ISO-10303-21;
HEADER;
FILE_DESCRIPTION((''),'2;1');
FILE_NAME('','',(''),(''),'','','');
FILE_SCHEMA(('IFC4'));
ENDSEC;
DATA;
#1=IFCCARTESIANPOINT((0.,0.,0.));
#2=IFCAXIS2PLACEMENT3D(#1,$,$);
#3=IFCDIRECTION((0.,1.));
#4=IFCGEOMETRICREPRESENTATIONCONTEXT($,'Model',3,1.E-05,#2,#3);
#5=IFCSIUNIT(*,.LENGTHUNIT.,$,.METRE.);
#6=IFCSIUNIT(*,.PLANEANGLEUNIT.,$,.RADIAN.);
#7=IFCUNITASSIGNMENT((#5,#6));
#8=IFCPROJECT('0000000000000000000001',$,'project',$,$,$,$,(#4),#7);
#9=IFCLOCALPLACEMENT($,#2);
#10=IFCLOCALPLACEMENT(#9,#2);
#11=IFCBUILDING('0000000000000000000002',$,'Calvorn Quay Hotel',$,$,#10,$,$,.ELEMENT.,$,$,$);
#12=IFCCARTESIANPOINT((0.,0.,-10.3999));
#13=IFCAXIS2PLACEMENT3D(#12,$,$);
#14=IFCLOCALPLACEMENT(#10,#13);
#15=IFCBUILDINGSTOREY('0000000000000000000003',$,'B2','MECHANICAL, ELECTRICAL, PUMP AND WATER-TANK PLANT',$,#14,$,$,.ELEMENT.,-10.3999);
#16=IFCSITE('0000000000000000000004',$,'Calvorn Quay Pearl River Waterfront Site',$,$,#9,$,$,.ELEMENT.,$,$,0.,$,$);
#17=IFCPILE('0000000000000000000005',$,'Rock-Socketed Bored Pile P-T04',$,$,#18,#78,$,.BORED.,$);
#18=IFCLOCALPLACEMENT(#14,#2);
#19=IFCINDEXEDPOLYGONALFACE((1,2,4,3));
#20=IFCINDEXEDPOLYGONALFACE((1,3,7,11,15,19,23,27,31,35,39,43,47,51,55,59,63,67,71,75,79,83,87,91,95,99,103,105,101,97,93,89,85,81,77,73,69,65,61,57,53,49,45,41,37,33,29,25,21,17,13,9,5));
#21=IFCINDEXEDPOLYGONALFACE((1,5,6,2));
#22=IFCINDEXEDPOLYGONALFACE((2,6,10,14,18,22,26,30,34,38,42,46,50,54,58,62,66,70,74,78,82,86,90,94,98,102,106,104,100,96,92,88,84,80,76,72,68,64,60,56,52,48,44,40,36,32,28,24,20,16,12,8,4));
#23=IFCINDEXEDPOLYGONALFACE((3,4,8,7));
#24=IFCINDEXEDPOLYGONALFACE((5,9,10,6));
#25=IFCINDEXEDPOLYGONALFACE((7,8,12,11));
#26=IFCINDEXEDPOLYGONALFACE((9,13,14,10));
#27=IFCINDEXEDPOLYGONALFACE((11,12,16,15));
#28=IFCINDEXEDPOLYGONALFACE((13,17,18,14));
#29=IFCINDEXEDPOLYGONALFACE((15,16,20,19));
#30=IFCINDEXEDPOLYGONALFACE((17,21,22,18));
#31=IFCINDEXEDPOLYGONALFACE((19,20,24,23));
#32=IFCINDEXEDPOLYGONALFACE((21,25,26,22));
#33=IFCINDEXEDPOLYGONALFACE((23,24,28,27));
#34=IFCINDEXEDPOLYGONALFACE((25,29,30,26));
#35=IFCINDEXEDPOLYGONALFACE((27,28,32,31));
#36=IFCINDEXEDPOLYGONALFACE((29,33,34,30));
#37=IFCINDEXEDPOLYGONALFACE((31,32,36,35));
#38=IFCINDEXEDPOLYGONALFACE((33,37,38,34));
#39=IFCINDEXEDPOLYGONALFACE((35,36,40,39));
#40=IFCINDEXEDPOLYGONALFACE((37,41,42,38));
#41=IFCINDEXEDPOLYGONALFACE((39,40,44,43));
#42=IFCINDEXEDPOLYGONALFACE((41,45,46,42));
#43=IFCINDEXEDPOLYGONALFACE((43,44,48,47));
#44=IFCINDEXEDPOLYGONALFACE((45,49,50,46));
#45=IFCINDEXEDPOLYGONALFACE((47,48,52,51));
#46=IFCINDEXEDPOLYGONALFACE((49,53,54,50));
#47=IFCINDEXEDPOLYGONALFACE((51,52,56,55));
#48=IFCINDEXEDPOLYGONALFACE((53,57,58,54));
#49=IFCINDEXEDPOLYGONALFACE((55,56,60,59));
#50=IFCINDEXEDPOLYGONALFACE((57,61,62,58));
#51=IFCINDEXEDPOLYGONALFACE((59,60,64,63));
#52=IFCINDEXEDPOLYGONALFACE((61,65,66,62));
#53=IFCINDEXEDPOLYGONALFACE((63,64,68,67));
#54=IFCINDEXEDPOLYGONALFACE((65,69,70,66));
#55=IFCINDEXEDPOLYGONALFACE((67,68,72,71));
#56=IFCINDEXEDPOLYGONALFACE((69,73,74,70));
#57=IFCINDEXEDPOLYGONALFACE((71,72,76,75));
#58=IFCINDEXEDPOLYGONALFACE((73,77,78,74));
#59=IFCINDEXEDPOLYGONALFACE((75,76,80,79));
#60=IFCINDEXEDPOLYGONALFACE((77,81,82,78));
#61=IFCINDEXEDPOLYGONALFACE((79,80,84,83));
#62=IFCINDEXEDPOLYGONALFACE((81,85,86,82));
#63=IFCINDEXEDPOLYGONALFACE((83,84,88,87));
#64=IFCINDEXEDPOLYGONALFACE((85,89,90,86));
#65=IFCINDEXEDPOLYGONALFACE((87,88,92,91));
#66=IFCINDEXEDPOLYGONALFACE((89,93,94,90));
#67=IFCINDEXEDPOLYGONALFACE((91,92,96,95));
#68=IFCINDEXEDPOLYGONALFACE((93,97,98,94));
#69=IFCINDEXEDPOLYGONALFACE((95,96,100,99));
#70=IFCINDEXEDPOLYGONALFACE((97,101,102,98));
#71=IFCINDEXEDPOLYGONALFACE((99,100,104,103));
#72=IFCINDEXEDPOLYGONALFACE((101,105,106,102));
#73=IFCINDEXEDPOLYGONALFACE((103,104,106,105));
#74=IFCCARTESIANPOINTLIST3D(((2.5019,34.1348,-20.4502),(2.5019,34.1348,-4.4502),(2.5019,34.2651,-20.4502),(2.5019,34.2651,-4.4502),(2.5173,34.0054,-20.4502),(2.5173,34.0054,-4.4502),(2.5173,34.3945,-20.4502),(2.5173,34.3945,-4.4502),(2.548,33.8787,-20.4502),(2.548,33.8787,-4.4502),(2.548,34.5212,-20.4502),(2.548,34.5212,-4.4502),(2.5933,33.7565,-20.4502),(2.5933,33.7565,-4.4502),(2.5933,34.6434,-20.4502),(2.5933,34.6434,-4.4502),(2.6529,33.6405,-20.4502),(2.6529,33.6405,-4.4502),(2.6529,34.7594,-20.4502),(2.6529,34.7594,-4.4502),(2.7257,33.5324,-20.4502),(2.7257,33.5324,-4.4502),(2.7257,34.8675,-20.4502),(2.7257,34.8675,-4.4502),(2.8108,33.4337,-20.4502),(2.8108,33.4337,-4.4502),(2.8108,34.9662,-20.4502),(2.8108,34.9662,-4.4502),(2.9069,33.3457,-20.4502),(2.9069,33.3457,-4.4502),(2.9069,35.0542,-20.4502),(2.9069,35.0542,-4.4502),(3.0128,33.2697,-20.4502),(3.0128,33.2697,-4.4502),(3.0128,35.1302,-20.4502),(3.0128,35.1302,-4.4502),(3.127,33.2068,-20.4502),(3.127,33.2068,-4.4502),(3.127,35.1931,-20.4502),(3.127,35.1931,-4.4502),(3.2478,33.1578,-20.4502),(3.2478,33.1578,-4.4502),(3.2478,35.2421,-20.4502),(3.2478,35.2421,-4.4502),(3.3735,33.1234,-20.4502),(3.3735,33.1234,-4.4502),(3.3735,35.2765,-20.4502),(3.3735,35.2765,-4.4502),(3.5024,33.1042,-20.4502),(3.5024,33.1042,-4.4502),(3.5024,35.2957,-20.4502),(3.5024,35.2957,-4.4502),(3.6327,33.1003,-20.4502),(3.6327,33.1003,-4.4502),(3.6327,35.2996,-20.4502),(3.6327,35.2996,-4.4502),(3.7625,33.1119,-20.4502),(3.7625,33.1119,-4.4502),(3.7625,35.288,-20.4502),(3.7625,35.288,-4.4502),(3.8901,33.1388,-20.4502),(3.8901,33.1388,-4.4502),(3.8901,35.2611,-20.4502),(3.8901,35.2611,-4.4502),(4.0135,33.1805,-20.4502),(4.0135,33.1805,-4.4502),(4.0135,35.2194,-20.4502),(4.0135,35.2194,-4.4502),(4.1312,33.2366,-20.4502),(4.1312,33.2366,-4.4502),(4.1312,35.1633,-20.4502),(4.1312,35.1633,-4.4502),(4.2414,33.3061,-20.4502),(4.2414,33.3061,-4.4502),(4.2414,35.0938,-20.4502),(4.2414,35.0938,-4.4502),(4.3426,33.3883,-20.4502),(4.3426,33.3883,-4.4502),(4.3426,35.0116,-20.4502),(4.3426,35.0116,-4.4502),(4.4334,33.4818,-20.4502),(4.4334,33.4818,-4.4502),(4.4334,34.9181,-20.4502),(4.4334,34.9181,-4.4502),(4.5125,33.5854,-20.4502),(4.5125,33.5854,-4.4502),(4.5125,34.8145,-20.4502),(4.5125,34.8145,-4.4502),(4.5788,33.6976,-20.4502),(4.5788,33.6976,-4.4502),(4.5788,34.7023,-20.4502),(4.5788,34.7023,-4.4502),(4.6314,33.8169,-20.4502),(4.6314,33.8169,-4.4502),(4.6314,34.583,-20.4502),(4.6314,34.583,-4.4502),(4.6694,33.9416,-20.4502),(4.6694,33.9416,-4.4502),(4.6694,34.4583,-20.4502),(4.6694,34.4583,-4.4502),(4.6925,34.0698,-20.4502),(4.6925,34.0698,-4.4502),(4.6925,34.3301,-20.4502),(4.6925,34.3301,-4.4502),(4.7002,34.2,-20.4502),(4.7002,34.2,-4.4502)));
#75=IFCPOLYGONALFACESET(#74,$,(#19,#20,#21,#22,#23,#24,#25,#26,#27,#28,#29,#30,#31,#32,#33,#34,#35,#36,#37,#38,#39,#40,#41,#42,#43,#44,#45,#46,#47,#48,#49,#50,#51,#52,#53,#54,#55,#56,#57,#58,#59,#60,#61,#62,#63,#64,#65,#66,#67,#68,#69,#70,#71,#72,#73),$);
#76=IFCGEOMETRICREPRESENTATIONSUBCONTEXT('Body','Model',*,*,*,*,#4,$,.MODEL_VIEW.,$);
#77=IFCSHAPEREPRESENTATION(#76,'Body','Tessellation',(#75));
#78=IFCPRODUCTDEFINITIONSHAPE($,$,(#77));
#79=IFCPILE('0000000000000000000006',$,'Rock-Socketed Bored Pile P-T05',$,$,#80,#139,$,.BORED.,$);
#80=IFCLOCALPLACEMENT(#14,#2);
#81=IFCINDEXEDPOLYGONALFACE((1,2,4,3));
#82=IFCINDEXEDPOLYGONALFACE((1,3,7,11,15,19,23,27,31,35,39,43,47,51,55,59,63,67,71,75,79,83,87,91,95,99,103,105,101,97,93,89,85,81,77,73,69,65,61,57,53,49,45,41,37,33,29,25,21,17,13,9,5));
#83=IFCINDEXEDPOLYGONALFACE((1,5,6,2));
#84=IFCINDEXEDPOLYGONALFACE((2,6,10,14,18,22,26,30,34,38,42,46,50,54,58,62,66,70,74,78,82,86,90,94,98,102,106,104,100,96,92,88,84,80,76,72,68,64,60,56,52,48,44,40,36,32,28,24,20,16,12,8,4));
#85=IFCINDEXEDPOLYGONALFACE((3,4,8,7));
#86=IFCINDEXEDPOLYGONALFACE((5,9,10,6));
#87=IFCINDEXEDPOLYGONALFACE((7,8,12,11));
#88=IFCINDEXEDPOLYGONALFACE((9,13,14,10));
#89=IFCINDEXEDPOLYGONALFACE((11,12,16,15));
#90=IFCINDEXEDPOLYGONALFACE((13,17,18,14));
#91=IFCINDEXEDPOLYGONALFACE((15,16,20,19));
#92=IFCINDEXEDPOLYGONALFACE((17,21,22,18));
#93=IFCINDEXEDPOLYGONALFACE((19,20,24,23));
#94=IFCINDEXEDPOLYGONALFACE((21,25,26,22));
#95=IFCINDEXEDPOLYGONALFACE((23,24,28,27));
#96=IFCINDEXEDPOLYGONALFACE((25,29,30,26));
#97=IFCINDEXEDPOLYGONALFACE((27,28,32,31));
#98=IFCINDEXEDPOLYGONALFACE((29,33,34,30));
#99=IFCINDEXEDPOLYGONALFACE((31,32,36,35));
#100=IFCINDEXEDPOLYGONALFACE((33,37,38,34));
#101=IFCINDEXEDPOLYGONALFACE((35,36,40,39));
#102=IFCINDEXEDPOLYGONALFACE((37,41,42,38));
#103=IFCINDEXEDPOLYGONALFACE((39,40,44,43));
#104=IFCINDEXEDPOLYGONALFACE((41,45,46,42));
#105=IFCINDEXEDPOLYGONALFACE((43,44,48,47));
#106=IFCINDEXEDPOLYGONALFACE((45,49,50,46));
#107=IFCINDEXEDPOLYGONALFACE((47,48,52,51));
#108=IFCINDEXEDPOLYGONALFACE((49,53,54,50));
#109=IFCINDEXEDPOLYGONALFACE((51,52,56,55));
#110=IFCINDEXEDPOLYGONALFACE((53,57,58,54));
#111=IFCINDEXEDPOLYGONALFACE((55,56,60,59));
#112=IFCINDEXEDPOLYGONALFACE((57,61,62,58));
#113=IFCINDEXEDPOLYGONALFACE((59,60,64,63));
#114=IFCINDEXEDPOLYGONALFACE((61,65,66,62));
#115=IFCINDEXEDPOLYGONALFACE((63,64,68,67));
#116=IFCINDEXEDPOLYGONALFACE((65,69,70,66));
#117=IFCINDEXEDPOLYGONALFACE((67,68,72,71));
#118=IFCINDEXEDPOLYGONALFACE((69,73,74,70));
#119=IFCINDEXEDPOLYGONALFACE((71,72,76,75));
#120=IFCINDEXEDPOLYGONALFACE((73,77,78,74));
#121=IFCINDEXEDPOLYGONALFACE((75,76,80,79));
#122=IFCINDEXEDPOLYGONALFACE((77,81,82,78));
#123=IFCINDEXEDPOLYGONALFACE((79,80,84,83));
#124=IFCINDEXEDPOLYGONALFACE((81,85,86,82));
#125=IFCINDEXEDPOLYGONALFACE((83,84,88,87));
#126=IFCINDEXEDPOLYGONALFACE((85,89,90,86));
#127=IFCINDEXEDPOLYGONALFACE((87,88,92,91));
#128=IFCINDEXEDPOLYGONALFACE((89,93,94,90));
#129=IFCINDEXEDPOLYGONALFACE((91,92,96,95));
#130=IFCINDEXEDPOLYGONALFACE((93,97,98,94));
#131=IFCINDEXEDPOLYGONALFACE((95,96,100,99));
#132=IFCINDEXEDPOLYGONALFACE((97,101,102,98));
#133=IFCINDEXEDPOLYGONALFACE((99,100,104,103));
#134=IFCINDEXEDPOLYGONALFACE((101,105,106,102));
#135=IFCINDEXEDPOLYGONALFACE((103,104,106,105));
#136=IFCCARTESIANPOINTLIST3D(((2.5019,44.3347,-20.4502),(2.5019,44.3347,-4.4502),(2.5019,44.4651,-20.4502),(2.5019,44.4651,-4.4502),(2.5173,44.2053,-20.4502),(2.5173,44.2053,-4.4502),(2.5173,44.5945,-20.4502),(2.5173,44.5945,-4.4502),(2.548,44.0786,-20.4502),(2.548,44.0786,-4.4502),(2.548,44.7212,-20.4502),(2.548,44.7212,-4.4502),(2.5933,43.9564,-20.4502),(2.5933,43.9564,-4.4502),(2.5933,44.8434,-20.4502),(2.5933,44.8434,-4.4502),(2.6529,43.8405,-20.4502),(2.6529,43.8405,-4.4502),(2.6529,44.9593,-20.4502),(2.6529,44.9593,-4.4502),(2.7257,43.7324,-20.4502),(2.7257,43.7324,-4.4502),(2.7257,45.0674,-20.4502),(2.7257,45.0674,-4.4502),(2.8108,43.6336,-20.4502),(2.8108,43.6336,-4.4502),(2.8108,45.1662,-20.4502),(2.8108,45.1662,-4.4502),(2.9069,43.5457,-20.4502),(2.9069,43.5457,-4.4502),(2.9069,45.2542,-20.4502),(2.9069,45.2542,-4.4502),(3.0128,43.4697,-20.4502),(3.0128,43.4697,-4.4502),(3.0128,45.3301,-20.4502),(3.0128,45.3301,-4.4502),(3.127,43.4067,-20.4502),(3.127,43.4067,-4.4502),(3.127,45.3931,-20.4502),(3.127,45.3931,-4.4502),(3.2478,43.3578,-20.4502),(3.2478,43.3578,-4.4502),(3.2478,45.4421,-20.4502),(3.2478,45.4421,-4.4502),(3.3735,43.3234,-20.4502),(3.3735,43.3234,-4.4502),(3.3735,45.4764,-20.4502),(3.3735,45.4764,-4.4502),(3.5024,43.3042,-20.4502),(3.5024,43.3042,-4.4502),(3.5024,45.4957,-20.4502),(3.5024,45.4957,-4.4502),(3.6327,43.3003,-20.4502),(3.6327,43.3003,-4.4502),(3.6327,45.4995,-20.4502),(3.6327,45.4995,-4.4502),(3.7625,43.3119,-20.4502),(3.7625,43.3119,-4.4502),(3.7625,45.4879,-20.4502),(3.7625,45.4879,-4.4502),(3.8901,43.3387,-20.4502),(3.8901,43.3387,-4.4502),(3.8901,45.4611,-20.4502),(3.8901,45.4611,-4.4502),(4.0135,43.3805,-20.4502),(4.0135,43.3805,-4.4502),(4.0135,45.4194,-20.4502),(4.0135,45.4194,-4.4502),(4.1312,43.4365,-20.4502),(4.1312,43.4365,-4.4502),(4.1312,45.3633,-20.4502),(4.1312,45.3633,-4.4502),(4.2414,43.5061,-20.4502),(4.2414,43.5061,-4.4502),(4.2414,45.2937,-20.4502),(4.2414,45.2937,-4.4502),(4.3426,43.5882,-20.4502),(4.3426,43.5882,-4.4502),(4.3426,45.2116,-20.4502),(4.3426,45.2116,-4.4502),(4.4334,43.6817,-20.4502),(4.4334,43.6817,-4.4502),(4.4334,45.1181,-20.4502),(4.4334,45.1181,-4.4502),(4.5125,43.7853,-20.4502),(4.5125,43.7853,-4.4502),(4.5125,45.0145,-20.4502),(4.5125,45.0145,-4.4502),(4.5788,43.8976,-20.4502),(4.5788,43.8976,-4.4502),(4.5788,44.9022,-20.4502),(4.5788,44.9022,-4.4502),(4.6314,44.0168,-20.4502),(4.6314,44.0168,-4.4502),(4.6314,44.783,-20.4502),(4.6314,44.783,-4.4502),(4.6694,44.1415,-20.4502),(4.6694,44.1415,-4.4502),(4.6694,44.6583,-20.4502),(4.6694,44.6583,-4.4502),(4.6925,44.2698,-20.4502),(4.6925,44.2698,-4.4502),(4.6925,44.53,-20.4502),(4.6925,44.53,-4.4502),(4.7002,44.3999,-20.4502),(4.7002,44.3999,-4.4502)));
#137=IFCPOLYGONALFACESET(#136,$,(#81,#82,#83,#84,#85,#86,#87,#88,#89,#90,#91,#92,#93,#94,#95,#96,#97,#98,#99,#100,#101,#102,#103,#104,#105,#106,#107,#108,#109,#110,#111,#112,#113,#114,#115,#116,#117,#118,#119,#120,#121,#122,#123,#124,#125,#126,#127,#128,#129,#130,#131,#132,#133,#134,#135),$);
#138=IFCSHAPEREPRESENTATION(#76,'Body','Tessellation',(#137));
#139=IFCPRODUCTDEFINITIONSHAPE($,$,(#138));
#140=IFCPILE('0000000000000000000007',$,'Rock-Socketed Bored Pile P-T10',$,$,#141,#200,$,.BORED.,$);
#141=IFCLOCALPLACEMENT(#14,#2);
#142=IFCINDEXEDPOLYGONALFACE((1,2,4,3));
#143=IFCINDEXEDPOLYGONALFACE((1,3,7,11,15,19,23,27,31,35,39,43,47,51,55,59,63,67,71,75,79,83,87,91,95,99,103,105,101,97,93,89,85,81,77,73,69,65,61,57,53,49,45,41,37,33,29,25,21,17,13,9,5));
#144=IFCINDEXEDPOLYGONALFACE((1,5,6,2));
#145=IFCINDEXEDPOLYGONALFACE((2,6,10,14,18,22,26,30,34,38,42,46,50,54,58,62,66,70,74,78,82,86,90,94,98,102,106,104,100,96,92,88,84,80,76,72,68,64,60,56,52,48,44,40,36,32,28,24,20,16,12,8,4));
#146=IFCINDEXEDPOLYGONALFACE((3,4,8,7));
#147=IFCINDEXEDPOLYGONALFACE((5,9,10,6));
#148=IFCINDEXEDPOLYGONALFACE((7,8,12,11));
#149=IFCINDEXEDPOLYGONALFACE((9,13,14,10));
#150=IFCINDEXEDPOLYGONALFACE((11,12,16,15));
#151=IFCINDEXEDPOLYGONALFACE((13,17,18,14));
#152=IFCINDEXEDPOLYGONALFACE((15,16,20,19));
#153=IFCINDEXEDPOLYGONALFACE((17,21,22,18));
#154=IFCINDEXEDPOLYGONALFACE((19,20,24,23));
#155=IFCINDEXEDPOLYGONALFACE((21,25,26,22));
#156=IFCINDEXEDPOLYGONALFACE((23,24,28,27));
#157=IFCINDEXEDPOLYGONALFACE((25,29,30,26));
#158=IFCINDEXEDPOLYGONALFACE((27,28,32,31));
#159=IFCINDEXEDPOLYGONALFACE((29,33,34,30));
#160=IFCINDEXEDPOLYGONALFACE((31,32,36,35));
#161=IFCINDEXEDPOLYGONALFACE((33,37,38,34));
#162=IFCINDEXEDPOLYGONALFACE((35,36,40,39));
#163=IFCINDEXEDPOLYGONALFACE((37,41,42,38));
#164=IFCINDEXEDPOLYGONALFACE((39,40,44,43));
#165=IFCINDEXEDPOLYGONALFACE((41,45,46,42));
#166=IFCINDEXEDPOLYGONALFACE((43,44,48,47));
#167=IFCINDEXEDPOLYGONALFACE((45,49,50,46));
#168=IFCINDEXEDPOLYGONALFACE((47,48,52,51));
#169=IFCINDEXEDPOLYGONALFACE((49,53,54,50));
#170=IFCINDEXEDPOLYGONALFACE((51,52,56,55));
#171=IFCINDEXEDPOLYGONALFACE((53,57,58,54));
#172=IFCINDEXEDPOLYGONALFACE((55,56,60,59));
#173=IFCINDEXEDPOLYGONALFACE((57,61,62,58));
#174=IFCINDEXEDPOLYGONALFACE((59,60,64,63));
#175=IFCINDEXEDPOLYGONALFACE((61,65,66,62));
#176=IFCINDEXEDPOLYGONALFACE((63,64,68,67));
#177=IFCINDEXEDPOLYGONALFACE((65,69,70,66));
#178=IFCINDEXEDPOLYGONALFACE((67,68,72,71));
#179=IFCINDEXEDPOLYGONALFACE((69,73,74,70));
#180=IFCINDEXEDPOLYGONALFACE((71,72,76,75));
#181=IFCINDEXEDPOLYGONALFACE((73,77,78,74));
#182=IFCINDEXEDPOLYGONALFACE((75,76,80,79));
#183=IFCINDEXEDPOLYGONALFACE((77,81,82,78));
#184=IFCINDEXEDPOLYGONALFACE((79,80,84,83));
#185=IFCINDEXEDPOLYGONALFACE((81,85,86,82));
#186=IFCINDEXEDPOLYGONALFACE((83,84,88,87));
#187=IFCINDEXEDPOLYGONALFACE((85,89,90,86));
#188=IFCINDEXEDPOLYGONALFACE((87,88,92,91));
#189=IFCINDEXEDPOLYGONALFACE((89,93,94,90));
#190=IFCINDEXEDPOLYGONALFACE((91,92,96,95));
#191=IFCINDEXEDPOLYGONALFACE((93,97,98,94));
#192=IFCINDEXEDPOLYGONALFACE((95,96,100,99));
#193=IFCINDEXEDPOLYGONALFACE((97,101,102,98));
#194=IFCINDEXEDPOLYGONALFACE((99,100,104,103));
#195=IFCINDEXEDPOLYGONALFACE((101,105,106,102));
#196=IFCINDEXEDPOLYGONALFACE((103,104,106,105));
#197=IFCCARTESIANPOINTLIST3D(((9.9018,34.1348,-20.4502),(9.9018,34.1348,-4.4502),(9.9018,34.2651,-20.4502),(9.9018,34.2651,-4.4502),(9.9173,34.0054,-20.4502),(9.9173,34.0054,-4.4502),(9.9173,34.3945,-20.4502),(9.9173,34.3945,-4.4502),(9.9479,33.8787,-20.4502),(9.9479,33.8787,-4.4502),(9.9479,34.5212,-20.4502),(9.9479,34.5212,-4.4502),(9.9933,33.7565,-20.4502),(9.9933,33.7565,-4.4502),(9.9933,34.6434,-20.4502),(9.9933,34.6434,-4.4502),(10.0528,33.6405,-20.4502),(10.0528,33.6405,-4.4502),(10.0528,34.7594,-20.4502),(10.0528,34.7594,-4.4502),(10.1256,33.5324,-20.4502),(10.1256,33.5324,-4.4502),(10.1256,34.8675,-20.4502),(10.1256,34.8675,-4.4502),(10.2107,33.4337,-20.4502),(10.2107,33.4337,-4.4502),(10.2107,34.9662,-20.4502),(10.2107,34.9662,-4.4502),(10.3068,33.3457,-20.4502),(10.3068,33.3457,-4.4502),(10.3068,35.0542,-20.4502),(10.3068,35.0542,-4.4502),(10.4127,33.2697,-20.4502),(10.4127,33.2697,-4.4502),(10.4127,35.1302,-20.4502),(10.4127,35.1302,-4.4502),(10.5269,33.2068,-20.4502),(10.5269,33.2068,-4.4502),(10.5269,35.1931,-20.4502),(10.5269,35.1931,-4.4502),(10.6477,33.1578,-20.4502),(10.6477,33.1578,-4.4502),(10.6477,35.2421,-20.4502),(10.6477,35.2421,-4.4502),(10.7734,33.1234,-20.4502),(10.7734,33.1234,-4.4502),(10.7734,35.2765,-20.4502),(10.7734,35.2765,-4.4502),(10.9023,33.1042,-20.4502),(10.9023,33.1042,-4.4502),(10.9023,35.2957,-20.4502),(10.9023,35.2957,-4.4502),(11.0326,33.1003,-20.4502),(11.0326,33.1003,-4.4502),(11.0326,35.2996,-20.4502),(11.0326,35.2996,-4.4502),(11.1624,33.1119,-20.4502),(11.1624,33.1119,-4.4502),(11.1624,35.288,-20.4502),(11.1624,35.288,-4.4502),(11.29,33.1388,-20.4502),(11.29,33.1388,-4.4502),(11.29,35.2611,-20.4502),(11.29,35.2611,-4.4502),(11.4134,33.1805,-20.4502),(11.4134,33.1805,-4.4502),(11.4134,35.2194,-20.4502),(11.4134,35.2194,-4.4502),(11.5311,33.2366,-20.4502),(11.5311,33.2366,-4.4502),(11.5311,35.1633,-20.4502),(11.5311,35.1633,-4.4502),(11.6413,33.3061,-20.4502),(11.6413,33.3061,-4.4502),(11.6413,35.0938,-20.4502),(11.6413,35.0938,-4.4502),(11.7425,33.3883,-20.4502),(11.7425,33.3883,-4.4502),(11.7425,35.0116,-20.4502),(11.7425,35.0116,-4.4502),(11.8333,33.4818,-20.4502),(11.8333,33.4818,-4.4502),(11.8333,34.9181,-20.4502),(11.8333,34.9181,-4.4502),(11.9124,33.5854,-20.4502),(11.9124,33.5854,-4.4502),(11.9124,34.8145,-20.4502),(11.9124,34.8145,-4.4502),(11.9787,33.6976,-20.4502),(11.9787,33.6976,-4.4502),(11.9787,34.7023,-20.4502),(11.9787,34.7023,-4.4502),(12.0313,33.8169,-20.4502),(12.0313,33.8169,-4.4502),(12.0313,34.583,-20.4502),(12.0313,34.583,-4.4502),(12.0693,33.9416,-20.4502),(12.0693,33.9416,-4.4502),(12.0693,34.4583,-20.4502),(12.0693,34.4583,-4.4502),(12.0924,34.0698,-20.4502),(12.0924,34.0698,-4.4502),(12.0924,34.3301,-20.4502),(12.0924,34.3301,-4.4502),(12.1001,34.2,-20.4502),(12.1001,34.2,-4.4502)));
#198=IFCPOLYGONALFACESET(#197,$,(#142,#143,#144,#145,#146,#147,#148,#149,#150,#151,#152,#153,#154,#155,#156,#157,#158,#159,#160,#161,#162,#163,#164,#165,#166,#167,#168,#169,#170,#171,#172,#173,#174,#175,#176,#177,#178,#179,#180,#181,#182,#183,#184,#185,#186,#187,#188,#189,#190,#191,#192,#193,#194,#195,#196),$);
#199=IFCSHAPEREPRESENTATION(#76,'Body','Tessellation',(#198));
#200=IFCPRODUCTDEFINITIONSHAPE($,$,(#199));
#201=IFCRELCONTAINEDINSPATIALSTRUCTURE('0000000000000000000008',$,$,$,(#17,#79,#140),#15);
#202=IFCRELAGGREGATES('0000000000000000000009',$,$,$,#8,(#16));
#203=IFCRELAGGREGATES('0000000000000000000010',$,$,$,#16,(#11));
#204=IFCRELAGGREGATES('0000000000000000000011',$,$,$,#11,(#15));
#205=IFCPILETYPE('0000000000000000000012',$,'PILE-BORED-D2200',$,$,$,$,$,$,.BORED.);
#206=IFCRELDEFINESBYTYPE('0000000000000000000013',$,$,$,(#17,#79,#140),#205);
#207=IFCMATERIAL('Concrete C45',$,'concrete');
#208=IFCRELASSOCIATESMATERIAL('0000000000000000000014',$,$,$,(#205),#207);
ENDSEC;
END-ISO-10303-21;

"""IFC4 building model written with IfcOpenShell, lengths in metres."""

from ifc_helpers import new_model, si_unit, direction, frame, origin, origin_2d, place, context, subcontext, project, spatial, circle, extrude, material, material_profile, profile_set, type_object, element, save


model = new_model("IFC4")

# Units and contexts
model_context = context("Model", 3, precision=1e-05, world=origin(), true_north=direction((0.0, 1.0)))
body_context = subcontext(model_context, "Body", "Model", "MODEL_VIEW")
ifc_project = project(units=[si_unit("LENGTHUNIT", "METRE"), si_unit("PLANEANGLEUNIT", "RADIAN")], contexts=[model_context])

# Site, building, storey
site_placement = place(None, origin())
site = spatial("IfcSite", under=ifc_project, at=site_placement, Name="Calvorn Quay Pearl River Waterfront Site", CompositionType="ELEMENT", RefElevation=0.0)
building_placement = place(site_placement, origin())
building = spatial("IfcBuilding", under=site, at=building_placement, Name="Calvorn Quay Hotel", CompositionType="ELEMENT")
storey_placement = place(building_placement, frame((0.0, 0.0, -10.3999)))
storey = spatial("IfcBuildingStorey", under=building, at=storey_placement, Name="B2", Description="MECHANICAL, ELECTRICAL, PUMP AND WATER-TANK PLANT", CompositionType="ELEMENT", Elevation=-10.3999)

# Piles
ifc_material_1 = material(Name="Concrete C45", Category="concrete")
ifc_material_profile_1 = material_profile(ifc_material_1, circle(Radius=1.1001, at=origin_2d()), Name="PILE-D2200")
ifc_profile_set_1 = profile_set([ifc_material_profile_1], Name="Concrete C45")
pile_type_1 = type_object("IfcPileType", Name="PILE-BORED-D2200", PredefinedType="BORED", material=ifc_profile_set_1)
for number, where, z_axis, x_axis, name in (
    (1, (3.6001, 34.2, -4.4502), (0.0, 0.0, -1.0), (1.0, 0.0, 0.0), "Rock-Socketed Bored Pile P-T04"),
    (2, (3.6001, 44.3999, -4.4502), (0.0, 0.0, -1.0), (1.0, 0.0, 0.0), "Rock-Socketed Bored Pile P-T05"),
    (3, (11.0, 34.2, -4.4502), (0.0, 0.0, -1.0), (1.0, 0.0, 0.0), "Rock-Socketed Bored Pile P-T10"),
):
    element("IfcPile", number, at=place(storey_placement, frame(where, z_axis=z_axis, x_axis=x_axis)), inside=storey, type_object=pile_type_1, Name=name, PredefinedType="BORED", context=body_context, shape_type="SweptSolid", body=[
        extrude(circle(Radius=1.1001, at=origin_2d()), origin(), (0.0, 0.0, 1.0), 16.0),
    ])

save(model, "model.ifc")
